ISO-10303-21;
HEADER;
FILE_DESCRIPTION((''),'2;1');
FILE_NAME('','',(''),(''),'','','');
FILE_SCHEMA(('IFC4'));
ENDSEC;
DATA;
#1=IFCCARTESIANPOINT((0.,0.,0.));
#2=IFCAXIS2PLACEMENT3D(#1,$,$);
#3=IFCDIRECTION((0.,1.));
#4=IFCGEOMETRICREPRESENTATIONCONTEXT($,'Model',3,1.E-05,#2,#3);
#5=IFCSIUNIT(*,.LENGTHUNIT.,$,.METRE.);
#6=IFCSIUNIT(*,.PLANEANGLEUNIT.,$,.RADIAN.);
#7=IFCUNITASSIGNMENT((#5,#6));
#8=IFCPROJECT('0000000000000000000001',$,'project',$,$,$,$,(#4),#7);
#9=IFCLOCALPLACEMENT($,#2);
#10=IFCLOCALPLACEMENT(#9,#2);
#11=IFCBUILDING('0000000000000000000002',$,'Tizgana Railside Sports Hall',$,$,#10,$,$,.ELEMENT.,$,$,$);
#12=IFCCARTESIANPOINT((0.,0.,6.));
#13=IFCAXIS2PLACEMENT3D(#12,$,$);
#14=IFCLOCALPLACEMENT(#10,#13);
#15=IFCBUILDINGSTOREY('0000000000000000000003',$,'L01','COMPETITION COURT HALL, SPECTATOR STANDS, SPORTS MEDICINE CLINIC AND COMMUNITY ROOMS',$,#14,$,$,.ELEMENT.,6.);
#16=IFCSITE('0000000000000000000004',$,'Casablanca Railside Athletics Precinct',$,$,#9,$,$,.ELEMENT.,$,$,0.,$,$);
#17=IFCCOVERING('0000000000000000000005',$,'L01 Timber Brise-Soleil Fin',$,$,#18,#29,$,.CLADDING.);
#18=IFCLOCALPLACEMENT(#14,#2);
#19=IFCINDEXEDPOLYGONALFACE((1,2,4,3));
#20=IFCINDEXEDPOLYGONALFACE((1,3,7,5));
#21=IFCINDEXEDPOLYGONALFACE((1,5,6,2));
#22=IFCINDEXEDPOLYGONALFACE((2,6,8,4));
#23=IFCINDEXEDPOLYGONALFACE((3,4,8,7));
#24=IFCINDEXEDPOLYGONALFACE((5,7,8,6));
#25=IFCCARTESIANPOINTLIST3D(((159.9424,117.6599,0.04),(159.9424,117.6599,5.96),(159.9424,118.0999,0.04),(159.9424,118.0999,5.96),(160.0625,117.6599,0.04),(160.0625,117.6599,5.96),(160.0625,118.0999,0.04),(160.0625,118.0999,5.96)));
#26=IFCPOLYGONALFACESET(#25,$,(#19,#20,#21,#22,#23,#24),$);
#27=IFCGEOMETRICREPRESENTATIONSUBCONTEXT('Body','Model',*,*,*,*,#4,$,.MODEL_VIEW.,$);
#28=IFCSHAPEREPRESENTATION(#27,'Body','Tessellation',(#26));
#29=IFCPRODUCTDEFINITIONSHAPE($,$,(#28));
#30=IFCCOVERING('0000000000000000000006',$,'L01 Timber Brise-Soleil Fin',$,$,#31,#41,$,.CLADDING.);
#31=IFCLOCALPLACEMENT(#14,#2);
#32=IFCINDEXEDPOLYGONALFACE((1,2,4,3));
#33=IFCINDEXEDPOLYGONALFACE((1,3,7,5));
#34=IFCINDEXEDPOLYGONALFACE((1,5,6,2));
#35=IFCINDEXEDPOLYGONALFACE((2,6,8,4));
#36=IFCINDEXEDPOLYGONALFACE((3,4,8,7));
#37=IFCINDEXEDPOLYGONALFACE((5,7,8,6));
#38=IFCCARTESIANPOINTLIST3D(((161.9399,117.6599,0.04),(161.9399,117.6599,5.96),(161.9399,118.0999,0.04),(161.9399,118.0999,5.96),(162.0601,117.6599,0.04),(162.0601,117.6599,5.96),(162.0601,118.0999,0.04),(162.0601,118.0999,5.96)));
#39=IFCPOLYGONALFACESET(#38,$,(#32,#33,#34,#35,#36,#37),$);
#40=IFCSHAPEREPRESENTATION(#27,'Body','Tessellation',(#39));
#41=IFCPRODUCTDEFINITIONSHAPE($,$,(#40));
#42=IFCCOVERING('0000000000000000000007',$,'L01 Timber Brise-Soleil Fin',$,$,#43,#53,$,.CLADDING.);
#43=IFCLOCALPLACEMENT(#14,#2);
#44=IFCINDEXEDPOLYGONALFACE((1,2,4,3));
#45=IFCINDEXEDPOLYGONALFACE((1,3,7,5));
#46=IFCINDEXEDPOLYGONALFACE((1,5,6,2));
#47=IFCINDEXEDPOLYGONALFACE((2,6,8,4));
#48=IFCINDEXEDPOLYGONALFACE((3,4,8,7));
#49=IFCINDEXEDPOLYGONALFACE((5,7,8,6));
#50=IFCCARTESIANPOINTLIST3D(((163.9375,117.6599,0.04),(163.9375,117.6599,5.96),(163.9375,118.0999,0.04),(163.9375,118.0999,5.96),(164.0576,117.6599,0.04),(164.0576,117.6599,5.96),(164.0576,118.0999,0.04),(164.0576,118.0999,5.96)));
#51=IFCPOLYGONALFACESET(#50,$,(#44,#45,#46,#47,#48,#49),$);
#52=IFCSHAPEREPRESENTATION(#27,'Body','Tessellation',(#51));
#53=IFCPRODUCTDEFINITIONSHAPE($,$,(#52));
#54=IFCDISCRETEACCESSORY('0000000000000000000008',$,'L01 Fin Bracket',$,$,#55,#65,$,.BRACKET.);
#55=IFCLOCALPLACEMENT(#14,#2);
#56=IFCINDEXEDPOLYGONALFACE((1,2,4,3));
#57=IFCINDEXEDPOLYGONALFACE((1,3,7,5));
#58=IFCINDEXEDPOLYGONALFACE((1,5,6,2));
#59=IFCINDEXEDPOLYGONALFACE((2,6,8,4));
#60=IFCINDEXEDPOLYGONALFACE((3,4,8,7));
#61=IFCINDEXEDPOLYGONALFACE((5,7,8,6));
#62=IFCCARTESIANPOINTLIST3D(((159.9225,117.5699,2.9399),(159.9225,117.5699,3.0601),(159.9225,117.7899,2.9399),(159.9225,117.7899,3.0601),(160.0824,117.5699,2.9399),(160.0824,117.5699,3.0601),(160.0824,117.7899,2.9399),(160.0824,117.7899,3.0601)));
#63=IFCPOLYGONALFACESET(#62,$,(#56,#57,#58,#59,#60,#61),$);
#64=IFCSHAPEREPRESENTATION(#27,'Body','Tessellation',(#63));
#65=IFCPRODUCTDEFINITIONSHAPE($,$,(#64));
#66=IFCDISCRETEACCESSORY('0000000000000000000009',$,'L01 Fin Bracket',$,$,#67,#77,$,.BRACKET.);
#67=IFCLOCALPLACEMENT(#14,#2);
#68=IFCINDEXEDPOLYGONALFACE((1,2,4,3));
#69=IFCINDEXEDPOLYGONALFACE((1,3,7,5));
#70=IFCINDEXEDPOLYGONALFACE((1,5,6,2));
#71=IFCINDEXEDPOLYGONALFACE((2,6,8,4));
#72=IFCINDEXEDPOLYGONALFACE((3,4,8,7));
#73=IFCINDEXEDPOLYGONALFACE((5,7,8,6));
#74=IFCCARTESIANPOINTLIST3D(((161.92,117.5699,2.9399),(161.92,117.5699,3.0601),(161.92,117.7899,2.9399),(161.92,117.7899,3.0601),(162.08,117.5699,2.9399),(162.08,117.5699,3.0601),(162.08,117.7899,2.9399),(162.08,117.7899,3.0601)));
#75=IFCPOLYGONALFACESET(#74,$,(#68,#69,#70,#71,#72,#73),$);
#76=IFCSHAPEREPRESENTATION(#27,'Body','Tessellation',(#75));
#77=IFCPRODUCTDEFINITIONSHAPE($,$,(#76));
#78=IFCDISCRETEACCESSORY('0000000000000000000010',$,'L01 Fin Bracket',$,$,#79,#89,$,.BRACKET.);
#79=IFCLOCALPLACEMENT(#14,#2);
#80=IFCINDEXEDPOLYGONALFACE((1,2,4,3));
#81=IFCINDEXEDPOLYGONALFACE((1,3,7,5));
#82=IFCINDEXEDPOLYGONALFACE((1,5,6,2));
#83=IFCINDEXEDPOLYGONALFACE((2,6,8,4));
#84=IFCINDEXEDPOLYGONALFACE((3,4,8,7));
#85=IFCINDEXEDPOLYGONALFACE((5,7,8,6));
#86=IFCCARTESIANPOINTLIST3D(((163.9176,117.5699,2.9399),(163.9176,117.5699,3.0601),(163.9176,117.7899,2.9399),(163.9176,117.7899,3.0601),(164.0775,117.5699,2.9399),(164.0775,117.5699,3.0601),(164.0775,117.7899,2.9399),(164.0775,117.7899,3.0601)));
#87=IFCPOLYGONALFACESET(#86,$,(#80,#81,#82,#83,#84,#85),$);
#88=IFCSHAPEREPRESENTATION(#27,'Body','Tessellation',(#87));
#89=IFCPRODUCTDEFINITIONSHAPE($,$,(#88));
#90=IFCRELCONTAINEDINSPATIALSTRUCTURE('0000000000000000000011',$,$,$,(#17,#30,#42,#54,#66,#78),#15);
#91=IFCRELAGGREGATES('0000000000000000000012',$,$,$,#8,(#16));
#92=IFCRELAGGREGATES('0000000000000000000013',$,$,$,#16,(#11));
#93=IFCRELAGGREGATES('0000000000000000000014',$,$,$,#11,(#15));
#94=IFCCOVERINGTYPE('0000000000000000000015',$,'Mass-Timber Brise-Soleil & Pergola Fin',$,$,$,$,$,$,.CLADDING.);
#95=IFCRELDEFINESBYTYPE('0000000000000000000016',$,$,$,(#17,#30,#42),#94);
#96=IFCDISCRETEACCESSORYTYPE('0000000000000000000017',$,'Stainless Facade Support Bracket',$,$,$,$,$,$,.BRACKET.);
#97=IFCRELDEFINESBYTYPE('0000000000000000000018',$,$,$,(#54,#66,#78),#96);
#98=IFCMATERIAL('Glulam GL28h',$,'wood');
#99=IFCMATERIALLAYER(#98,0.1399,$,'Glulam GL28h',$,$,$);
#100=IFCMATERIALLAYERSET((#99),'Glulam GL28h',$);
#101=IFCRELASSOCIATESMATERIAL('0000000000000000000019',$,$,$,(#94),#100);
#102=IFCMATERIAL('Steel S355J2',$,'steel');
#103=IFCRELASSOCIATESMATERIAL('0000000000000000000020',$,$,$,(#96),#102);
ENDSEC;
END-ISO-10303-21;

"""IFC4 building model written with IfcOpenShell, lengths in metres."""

from ifc_helpers import new_model, si_unit, direction, frame, origin, origin_2d, place, context, subcontext, project, spatial, rectangle, extrude, material, layer, layer_set, type_object, element, save


model = new_model("IFC4")

# Units and contexts
model_context = context("Model", 3, precision=1e-05, world=origin(), true_north=direction((0.0, 1.0)))
body_context = subcontext(model_context, "Body", "Model", "MODEL_VIEW")
ifc_project = project(units=[si_unit("LENGTHUNIT", "METRE"), si_unit("PLANEANGLEUNIT", "RADIAN")], contexts=[model_context])

# Site, building, storey
site_placement = place(None, origin())
site = spatial("IfcSite", under=ifc_project, at=site_placement, Name="Casablanca Railside Athletics Precinct", CompositionType="ELEMENT", RefElevation=0.0)
building_placement = place(site_placement, origin())
building = spatial("IfcBuilding", under=site, at=building_placement, Name="Tizgana Railside Sports Hall", CompositionType="ELEMENT")
storey_placement = place(building_placement, frame((0.0, 0.0, 6.0)))
storey = spatial("IfcBuildingStorey", under=building, at=storey_placement, Name="L01", Description="COMPETITION COURT HALL, SPECTATOR STANDS, SPORTS MEDICINE CLINIC AND COMMUNITY ROOMS", CompositionType="ELEMENT", Elevation=6.0)

# Coverings
ifc_material_1 = material(Name="Glulam GL28h", Category="wood")
ifc_layer_1 = layer(ifc_material_1, 0.1399, Name="Glulam GL28h")
ifc_layer_set_1 = layer_set([ifc_layer_1], Name="Glulam GL28h")
covering_type = type_object("IfcCoveringType", Name="Mass-Timber Brise-Soleil & Pergola Fin", PredefinedType="CLADDING", material=ifc_layer_set_1)
for number, where, z_axis, x_axis, name in (
    (1, (160.0024, 117.8799, 0.04), (0.0, 0.0, 1.0), (1.0, 0.0, 0.0), "L01 Timber Brise-Soleil Fin"),
    (2, (162.0, 117.8799, 0.04), (0.0, 0.0, 1.0), (1.0, 0.0, 0.0), "L01 Timber Brise-Soleil Fin"),
    (3, (163.9976, 117.8799, 0.04), (0.0, 0.0, 1.0), (1.0, 0.0, 0.0), "L01 Timber Brise-Soleil Fin"),
):
    element("IfcCovering", number, at=place(storey_placement, frame(where, z_axis=z_axis, x_axis=x_axis)), inside=storey, type_object=covering_type, Name=name, PredefinedType="CLADDING", context=body_context, shape_type="SweptSolid", body=[
        extrude(rectangle(XDim=0.1201, YDim=0.4399, at=origin_2d()), origin(), (0.0, 0.0, 1.0), 5.9199),
    ])

# Discrete accessories
ifc_material_2 = material(Name="Steel S355J2", Category="steel")
discrete_accessory_type = type_object("IfcDiscreteAccessoryType", Name="Stainless Facade Support Bracket", PredefinedType="BRACKET", material=ifc_material_2)
for number, where, z_axis, x_axis, name in (
    (4, (160.0024, 117.6799, 2.9399), (0.0, 0.0, 1.0), (1.0, 0.0, 0.0), "L01 Fin Bracket"),
    (5, (162.0, 117.6799, 2.9399), (0.0, 0.0, 1.0), (1.0, 0.0, 0.0), "L01 Fin Bracket"),
    (6, (163.9976, 117.6799, 2.9399), (0.0, 0.0, 1.0), (1.0, 0.0, 0.0), "L01 Fin Bracket"),
):
    element("IfcDiscreteAccessory", number, at=place(storey_placement, frame(where, z_axis=z_axis, x_axis=x_axis)), inside=storey, type_object=discrete_accessory_type, Name=name, PredefinedType="BRACKET", context=body_context, shape_type="SweptSolid", body=[
        extrude(rectangle(XDim=0.1599, YDim=0.22, at=origin_2d()), origin(), (0.0, 0.0, 1.0), 0.1201),
    ])

save(model, "model.ifc")
